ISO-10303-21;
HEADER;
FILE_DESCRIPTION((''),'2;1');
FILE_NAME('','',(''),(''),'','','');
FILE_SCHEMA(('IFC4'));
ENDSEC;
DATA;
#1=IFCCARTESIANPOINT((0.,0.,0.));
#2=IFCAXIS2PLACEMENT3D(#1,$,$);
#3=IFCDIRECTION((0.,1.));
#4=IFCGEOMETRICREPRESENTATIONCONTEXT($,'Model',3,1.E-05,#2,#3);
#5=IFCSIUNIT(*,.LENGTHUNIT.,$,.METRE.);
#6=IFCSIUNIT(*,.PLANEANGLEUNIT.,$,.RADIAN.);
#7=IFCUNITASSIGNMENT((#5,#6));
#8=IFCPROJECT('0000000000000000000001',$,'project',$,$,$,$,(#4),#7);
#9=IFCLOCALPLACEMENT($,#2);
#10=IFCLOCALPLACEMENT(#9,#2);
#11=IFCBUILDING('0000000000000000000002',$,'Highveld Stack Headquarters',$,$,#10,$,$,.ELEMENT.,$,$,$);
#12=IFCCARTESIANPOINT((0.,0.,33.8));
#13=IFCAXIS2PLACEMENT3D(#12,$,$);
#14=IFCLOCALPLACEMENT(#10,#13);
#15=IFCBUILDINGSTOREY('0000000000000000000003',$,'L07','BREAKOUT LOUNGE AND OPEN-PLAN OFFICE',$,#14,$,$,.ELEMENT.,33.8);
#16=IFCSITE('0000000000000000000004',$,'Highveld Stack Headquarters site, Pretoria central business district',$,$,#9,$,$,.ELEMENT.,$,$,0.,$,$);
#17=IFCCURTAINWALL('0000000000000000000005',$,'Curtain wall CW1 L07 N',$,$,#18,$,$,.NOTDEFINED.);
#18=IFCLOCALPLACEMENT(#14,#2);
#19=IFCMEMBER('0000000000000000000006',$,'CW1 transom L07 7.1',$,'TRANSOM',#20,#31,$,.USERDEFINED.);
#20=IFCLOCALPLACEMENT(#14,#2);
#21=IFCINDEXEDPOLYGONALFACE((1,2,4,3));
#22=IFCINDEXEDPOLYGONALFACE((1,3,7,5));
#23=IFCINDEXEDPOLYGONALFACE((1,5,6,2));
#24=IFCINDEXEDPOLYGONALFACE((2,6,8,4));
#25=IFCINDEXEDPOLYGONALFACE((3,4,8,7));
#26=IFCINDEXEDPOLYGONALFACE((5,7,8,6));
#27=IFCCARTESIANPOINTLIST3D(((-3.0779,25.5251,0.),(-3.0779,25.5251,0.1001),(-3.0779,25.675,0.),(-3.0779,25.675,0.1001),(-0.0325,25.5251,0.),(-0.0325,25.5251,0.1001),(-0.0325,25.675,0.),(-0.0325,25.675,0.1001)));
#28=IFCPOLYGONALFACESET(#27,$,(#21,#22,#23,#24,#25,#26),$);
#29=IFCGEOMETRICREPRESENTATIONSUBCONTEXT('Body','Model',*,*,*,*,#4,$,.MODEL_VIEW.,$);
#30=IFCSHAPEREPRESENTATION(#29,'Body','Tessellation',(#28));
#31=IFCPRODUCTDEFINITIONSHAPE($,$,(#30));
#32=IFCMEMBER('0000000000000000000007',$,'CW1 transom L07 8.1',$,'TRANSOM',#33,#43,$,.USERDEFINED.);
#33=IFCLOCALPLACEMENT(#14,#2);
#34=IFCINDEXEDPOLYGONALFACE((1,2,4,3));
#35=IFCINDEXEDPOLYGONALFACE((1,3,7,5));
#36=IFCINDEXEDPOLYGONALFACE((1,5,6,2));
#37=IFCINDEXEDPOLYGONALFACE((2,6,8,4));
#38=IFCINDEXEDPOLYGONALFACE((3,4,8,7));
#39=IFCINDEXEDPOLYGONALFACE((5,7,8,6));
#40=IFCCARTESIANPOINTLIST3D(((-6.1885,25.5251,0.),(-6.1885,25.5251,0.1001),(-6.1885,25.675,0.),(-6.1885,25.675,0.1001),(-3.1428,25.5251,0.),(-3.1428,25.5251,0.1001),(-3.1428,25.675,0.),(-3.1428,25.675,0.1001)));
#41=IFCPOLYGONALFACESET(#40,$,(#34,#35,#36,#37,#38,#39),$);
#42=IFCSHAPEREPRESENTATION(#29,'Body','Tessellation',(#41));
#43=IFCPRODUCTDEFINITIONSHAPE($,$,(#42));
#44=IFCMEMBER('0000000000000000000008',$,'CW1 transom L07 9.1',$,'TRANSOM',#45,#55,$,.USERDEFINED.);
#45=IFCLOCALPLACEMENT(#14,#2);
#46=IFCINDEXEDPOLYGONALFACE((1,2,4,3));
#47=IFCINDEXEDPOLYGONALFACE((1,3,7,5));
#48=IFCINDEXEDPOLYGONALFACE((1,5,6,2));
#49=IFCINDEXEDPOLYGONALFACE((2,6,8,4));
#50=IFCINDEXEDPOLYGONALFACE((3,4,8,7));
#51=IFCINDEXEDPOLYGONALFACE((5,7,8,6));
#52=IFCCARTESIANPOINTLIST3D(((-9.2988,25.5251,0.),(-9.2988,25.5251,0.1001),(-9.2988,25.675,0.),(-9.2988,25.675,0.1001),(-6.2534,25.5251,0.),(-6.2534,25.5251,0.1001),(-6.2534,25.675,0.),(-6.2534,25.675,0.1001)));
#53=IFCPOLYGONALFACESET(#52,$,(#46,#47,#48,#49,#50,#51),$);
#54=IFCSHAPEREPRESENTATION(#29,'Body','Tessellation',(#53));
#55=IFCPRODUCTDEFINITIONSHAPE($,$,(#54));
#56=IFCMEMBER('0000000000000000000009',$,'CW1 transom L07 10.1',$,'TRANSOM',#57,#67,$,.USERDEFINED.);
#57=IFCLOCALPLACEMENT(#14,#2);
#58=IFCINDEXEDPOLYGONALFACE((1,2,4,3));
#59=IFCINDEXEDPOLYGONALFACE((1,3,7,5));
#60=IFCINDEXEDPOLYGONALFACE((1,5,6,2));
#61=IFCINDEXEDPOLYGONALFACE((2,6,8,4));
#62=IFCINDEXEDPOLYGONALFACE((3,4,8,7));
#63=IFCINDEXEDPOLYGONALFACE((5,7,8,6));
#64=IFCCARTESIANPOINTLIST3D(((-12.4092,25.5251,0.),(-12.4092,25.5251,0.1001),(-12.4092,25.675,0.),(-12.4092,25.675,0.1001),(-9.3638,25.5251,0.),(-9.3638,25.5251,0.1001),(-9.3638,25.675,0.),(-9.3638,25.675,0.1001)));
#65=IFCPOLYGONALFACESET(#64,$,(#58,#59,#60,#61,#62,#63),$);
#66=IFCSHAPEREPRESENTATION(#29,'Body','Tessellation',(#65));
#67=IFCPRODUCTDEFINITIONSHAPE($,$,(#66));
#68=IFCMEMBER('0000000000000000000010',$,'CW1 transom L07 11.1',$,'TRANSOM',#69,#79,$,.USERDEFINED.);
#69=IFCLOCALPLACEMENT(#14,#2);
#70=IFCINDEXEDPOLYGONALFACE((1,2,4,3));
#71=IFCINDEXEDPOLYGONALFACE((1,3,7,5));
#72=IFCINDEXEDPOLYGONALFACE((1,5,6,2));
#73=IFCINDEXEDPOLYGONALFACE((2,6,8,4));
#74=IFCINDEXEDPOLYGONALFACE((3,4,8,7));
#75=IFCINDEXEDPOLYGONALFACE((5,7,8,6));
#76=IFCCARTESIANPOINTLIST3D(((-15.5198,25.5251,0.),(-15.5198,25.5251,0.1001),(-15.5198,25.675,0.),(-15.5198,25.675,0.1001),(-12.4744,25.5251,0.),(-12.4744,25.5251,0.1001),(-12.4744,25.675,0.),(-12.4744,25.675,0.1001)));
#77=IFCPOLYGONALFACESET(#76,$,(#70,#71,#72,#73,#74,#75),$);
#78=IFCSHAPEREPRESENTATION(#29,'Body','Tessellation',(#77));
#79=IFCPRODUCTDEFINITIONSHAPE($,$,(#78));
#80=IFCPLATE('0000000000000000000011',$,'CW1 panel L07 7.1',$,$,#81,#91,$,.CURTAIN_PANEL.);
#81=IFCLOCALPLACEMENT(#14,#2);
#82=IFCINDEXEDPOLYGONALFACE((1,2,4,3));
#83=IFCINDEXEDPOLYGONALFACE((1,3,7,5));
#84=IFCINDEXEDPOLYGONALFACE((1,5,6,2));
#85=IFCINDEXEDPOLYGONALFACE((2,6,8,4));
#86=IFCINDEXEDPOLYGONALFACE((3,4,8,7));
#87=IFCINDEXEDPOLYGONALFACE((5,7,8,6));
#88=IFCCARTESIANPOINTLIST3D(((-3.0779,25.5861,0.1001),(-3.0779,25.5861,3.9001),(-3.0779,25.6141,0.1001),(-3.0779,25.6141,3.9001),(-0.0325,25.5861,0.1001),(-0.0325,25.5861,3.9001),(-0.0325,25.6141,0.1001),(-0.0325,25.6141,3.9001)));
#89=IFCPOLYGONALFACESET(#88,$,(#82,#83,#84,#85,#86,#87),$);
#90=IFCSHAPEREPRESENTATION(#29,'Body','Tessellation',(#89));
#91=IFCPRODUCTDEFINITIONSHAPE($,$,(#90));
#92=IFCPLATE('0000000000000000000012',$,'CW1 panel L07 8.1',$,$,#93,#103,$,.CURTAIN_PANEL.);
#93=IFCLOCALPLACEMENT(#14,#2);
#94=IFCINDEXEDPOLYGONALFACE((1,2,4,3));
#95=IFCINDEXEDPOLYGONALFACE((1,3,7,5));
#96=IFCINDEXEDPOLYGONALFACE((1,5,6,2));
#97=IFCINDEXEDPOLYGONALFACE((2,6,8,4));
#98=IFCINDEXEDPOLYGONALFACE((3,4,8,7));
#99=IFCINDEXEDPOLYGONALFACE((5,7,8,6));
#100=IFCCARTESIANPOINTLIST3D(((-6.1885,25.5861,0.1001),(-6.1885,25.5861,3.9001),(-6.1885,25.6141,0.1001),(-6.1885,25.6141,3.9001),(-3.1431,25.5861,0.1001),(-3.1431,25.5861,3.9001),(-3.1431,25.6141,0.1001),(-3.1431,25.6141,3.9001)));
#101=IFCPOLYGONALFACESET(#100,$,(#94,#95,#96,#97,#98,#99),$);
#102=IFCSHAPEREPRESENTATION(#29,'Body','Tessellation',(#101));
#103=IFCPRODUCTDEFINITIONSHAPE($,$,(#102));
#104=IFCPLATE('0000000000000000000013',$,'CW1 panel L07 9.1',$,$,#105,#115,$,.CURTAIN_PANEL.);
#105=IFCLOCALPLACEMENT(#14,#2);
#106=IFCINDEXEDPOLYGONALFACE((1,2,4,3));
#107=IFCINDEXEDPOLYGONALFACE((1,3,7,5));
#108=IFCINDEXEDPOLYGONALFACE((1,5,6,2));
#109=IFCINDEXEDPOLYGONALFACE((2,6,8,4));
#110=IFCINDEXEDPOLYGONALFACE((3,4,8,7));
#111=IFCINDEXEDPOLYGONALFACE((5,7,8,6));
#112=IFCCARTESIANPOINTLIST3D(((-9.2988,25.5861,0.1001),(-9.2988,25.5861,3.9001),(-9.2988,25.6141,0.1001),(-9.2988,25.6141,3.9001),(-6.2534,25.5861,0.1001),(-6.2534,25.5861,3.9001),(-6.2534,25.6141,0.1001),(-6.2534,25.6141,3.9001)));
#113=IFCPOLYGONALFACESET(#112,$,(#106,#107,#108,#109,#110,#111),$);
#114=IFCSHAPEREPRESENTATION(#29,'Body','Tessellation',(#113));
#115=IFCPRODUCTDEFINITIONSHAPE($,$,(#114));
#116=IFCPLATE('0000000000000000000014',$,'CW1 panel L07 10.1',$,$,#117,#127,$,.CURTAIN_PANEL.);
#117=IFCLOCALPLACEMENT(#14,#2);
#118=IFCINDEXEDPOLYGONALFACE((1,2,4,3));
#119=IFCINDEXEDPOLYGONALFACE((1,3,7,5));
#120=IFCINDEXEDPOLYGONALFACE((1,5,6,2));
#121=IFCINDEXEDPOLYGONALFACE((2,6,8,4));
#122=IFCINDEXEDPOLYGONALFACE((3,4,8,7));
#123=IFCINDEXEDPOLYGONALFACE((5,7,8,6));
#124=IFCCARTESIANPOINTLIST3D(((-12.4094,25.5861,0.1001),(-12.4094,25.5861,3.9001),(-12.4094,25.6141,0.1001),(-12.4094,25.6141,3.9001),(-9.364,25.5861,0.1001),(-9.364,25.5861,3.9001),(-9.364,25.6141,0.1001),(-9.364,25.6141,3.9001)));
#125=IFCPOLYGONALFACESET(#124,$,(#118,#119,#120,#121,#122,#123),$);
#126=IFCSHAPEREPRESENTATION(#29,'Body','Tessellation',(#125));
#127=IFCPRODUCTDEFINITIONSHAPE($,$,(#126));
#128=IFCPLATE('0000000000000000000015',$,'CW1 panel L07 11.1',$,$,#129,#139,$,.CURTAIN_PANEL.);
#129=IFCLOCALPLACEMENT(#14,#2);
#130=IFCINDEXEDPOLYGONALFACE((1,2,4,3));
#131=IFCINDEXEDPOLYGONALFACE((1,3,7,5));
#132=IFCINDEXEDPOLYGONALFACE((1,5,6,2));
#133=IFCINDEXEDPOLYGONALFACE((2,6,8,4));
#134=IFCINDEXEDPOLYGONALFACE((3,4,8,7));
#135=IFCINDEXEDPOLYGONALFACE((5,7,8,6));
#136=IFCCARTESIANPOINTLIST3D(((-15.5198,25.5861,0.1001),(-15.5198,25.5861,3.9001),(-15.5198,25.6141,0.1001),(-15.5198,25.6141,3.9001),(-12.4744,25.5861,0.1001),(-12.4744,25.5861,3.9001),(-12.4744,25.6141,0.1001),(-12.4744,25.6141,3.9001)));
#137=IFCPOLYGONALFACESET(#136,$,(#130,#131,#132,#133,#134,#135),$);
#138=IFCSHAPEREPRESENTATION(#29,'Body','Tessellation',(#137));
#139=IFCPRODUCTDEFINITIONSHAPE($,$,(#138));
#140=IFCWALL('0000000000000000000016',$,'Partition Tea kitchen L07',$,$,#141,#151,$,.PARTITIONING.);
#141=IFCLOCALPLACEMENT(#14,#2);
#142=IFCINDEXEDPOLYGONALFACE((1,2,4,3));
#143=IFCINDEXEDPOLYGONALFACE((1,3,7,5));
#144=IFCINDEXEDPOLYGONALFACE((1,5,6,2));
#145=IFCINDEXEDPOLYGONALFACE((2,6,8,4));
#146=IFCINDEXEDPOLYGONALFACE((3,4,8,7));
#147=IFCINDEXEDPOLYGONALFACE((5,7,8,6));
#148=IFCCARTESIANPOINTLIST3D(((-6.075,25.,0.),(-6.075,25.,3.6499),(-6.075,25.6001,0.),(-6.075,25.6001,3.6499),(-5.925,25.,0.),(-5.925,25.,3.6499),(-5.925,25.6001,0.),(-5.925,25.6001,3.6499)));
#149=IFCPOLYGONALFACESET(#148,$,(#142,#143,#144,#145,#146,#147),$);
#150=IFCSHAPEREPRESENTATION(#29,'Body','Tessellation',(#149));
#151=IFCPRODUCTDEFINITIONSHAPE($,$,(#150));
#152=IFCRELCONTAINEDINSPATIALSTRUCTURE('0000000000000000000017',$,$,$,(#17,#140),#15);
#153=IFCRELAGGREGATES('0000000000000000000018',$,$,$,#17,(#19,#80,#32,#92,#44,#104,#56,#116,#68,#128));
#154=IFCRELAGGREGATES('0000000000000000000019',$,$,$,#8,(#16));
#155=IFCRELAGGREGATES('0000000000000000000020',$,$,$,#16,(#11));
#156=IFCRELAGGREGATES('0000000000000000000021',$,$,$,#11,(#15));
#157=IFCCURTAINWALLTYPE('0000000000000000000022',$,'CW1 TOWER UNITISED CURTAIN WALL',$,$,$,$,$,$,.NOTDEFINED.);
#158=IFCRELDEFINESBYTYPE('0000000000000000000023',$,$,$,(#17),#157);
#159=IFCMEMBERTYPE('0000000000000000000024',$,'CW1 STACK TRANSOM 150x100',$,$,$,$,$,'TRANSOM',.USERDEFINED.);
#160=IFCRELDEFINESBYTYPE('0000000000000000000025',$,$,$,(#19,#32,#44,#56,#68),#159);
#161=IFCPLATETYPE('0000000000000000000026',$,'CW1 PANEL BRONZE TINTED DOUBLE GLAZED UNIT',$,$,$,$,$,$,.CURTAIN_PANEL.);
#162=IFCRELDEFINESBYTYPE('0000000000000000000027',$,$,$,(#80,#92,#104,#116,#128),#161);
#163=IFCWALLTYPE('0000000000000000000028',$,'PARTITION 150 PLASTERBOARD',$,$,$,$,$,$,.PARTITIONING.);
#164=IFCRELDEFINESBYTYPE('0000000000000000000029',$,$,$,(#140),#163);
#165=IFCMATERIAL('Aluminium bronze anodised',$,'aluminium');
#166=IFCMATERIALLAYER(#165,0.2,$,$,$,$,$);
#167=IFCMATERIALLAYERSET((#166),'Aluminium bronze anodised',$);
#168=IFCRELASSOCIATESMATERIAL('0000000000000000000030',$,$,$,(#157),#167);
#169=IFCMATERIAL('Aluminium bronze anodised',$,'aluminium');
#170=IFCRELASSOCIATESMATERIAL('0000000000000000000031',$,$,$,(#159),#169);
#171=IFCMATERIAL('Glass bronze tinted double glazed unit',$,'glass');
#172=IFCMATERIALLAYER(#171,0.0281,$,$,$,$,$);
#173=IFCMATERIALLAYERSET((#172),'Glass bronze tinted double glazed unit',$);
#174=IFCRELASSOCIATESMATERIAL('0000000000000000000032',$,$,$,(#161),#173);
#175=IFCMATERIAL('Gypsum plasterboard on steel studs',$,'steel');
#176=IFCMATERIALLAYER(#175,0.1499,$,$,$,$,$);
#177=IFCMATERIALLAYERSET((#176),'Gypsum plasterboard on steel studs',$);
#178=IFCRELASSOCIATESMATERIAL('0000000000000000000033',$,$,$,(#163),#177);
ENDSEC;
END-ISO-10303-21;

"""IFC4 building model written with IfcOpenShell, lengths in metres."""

from ifc_helpers import new_model, si_unit, direction, frame, frame_2d, origin, origin_2d, place, context, subcontext, project, spatial, rectangle, extrude, material, layer, layer_set, material_profile, profile_set, type_object, element, aggregate, save


model = new_model("IFC4")

# Units and contexts
model_context = context("Model", 3, precision=1e-05, world=origin(), true_north=direction((0.0, 1.0)))
body_context = subcontext(model_context, "Body", "Model", "MODEL_VIEW")
ifc_project = project(units=[si_unit("LENGTHUNIT", "METRE"), si_unit("PLANEANGLEUNIT", "RADIAN")], contexts=[model_context])

# Site, building, storey
site_placement = place(None, origin())
site = spatial("IfcSite", under=ifc_project, at=site_placement, Name="Highveld Stack Headquarters site, Pretoria central business district", CompositionType="ELEMENT", RefElevation=0.0)
building_placement = place(site_placement, origin())
building = spatial("IfcBuilding", under=site, at=building_placement, Name="Highveld Stack Headquarters", CompositionType="ELEMENT")
storey_placement = place(building_placement, frame((0.0, 0.0, 33.8)))
storey = spatial("IfcBuildingStorey", under=building, at=storey_placement, Name="L07", Description="BREAKOUT LOUNGE AND OPEN-PLAN OFFICE", CompositionType="ELEMENT", Elevation=33.8)

# Curtain wall, members, plates
ifc_material_1 = material(Name="Aluminium bronze anodised", Category="aluminium")
ifc_layer_1 = layer(ifc_material_1, 0.2)
ifc_layer_set_1 = layer_set([ifc_layer_1], Name="Aluminium bronze anodised")
curtain_wall_type = type_object("IfcCurtainWallType", Name="CW1 TOWER UNITISED CURTAIN WALL", PredefinedType="NOTDEFINED", material=ifc_layer_set_1)
curtain_wall_placement = place(storey_placement, origin())
curtain_wall = element("IfcCurtainWall", 1, at=curtain_wall_placement, inside=storey, type_object=curtain_wall_type, Name="Curtain wall CW1 L07 N", PredefinedType="NOTDEFINED")
ifc_material_2 = material(Name="Aluminium bronze anodised", Category="aluminium")
ifc_material_profile_1 = material_profile(ifc_material_2, rectangle(XDim=0.1499, YDim=0.1001, at=origin_2d()), Name="CW1 TRANSOM 150x100")
ifc_profile_set_1 = profile_set([ifc_material_profile_1], Name="Aluminium bronze anodised")
member_type_1 = type_object("IfcMemberType", Name="CW1 STACK TRANSOM 150x100", ElementType="TRANSOM", PredefinedType="USERDEFINED", material=ifc_profile_set_1)
member_1_placement = place(storey_placement, frame((-0.0325, 25.6001, 0.05), z_axis=(-1.0, 0.0, 0.0), x_axis=(0.0, -1.0, 0.0)))
member_1 = element("IfcMember", 2, at=member_1_placement, type_object=member_type_1, Name="CW1 transom L07 7.1", ObjectType="TRANSOM", PredefinedType="USERDEFINED", context=body_context, shape_type="SweptSolid", body=[
    extrude(rectangle(XDim=0.1499, YDim=0.1001, at=origin_2d()), origin(), (0.0, 0.0, 1.0), 3.0454),
])
member_2_placement = place(storey_placement, frame((-3.1428, 25.6001, 0.05), z_axis=(-1.0, 0.0, 0.0), x_axis=(0.0, -1.0, 0.0)))
member_2 = element("IfcMember", 3, at=member_2_placement, type_object=member_type_1, Name="CW1 transom L07 8.1", ObjectType="TRANSOM", PredefinedType="USERDEFINED", context=body_context, shape_type="SweptSolid", body=[
    extrude(rectangle(XDim=0.1499, YDim=0.1001, at=origin_2d()), origin(), (0.0, 0.0, 1.0), 3.0457),
])
member_3_placement = place(storey_placement, frame((-6.2534, 25.6001, 0.05), z_axis=(-1.0, 0.0, 0.0), x_axis=(0.0, -1.0, 0.0)))
member_3 = element("IfcMember", 4, at=member_3_placement, type_object=member_type_1, Name="CW1 transom L07 9.1", ObjectType="TRANSOM", PredefinedType="USERDEFINED", context=body_context, shape_type="SweptSolid", body=[
    extrude(rectangle(XDim=0.1499, YDim=0.1001, at=origin_2d()), origin(), (0.0, 0.0, 1.0), 3.0454),
])
member_4_placement = place(storey_placement, frame((-9.3638, 25.6001, 0.05), z_axis=(-1.0, 0.0, 0.0), x_axis=(0.0, -1.0, 0.0)))
member_4 = element("IfcMember", 5, at=member_4_placement, type_object=member_type_1, Name="CW1 transom L07 10.1", ObjectType="TRANSOM", PredefinedType="USERDEFINED", context=body_context, shape_type="SweptSolid", body=[
    extrude(rectangle(XDim=0.1499, YDim=0.1001, at=origin_2d()), origin(), (0.0, 0.0, 1.0), 3.0454),
])
member_5_placement = place(storey_placement, frame((-12.4744, 25.6001, 0.05), z_axis=(-1.0, 0.0, 0.0), x_axis=(0.0, -1.0, 0.0)))
member_5 = element("IfcMember", 6, at=member_5_placement, type_object=member_type_1, Name="CW1 transom L07 11.1", ObjectType="TRANSOM", PredefinedType="USERDEFINED", context=body_context, shape_type="SweptSolid", body=[
    extrude(rectangle(XDim=0.1499, YDim=0.1001, at=origin_2d()), origin(), (0.0, 0.0, 1.0), 3.0454),
])
ifc_material_3 = material(Name="Glass bronze tinted double glazed unit", Category="glass")
ifc_layer_2 = layer(ifc_material_3, 0.0281)
ifc_layer_set_2 = layer_set([ifc_layer_2], Name="Glass bronze tinted double glazed unit")
plate_type = type_object("IfcPlateType", Name="CW1 PANEL BRONZE TINTED DOUBLE GLAZED UNIT", PredefinedType="CURTAIN_PANEL", material=ifc_layer_set_2)
plate_1_placement = place(storey_placement, frame((-1.5552, 25.6001, 0.1001), z_axis=(0.0, 0.0, 1.0), x_axis=(-1.0, 0.0, 0.0)))
plate_1 = element("IfcPlate", 7, at=plate_1_placement, type_object=plate_type, Name="CW1 panel L07 7.1", PredefinedType="CURTAIN_PANEL", context=body_context, shape_type="SweptSolid", body=[
    extrude(rectangle(XDim=3.0454, YDim=0.0281, at=origin_2d()), origin(), (0.0, 0.0, 1.0), 3.8),
])
plate_2_placement = place(storey_placement, frame((-4.6658, 25.6001, 0.1001), z_axis=(0.0, 0.0, 1.0), x_axis=(-1.0, 0.0, 0.0)))
plate_2 = element("IfcPlate", 8, at=plate_2_placement, type_object=plate_type, Name="CW1 panel L07 8.1", PredefinedType="CURTAIN_PANEL", context=body_context, shape_type="SweptSolid", body=[
    extrude(rectangle(XDim=3.0454, YDim=0.0281, at=origin_2d()), origin(), (0.0, 0.0, 1.0), 3.8),
])
plate_3_placement = place(storey_placement, frame((-7.7761, 25.6001, 0.1001), z_axis=(0.0, 0.0, 1.0), x_axis=(-1.0, 0.0, 0.0)))
plate_3 = element("IfcPlate", 9, at=plate_3_placement, type_object=plate_type, Name="CW1 panel L07 9.1", PredefinedType="CURTAIN_PANEL", context=body_context, shape_type="SweptSolid", body=[
    extrude(rectangle(XDim=3.0454, YDim=0.0281, at=origin_2d()), origin(), (0.0, 0.0, 1.0), 3.8),
])
plate_4_placement = place(storey_placement, frame((-10.8867, 25.6001, 0.1001), z_axis=(0.0, 0.0, 1.0), x_axis=(-1.0, 0.0, 0.0)))
plate_4 = element("IfcPlate", 10, at=plate_4_placement, type_object=plate_type, Name="CW1 panel L07 10.1", PredefinedType="CURTAIN_PANEL", context=body_context, shape_type="SweptSolid", body=[
    extrude(rectangle(XDim=3.0454, YDim=0.0281, at=origin_2d()), origin(), (0.0, 0.0, 1.0), 3.8),
])
plate_5_placement = place(storey_placement, frame((-13.9971, 25.6001, 0.1001), z_axis=(0.0, 0.0, 1.0), x_axis=(-1.0, 0.0, 0.0)))
plate_5 = element("IfcPlate", 11, at=plate_5_placement, type_object=plate_type, Name="CW1 panel L07 11.1", PredefinedType="CURTAIN_PANEL", context=body_context, shape_type="SweptSolid", body=[
    extrude(rectangle(XDim=3.0454, YDim=0.0281, at=origin_2d()), origin(), (0.0, 0.0, 1.0), 3.8),
])
aggregate(curtain_wall, [member_1, plate_1, member_2, plate_2, member_3, plate_3, member_4, plate_4, member_5, plate_5])

# Wall
ifc_material_4 = material(Name="Gypsum plasterboard on steel studs", Category="steel")
ifc_layer_3 = layer(ifc_material_4, 0.1499)
ifc_layer_set_3 = layer_set([ifc_layer_3], Name="Gypsum plasterboard on steel studs")
wall_type = type_object("IfcWallType", Name="PARTITION 150 PLASTERBOARD", PredefinedType="PARTITIONING", material=ifc_layer_set_3)
wall_placement = place(storey_placement, frame((-6.0, 25.0, 0.0), z_axis=(0.0, 0.0, 1.0), x_axis=(0.0, 1.0, 0.0)))
element("IfcWall", 12, at=wall_placement, inside=storey, type_object=wall_type, Name="Partition Tea kitchen L07", PredefinedType="PARTITIONING", context=body_context, shape_type="SweptSolid", body=[
    extrude(rectangle(XDim=0.6001, YDim=0.1499, at=frame_2d((0.3, 0.0))), origin(), (0.0, 0.0, 1.0), 3.6499),
])

save(model, "model.ifc")
